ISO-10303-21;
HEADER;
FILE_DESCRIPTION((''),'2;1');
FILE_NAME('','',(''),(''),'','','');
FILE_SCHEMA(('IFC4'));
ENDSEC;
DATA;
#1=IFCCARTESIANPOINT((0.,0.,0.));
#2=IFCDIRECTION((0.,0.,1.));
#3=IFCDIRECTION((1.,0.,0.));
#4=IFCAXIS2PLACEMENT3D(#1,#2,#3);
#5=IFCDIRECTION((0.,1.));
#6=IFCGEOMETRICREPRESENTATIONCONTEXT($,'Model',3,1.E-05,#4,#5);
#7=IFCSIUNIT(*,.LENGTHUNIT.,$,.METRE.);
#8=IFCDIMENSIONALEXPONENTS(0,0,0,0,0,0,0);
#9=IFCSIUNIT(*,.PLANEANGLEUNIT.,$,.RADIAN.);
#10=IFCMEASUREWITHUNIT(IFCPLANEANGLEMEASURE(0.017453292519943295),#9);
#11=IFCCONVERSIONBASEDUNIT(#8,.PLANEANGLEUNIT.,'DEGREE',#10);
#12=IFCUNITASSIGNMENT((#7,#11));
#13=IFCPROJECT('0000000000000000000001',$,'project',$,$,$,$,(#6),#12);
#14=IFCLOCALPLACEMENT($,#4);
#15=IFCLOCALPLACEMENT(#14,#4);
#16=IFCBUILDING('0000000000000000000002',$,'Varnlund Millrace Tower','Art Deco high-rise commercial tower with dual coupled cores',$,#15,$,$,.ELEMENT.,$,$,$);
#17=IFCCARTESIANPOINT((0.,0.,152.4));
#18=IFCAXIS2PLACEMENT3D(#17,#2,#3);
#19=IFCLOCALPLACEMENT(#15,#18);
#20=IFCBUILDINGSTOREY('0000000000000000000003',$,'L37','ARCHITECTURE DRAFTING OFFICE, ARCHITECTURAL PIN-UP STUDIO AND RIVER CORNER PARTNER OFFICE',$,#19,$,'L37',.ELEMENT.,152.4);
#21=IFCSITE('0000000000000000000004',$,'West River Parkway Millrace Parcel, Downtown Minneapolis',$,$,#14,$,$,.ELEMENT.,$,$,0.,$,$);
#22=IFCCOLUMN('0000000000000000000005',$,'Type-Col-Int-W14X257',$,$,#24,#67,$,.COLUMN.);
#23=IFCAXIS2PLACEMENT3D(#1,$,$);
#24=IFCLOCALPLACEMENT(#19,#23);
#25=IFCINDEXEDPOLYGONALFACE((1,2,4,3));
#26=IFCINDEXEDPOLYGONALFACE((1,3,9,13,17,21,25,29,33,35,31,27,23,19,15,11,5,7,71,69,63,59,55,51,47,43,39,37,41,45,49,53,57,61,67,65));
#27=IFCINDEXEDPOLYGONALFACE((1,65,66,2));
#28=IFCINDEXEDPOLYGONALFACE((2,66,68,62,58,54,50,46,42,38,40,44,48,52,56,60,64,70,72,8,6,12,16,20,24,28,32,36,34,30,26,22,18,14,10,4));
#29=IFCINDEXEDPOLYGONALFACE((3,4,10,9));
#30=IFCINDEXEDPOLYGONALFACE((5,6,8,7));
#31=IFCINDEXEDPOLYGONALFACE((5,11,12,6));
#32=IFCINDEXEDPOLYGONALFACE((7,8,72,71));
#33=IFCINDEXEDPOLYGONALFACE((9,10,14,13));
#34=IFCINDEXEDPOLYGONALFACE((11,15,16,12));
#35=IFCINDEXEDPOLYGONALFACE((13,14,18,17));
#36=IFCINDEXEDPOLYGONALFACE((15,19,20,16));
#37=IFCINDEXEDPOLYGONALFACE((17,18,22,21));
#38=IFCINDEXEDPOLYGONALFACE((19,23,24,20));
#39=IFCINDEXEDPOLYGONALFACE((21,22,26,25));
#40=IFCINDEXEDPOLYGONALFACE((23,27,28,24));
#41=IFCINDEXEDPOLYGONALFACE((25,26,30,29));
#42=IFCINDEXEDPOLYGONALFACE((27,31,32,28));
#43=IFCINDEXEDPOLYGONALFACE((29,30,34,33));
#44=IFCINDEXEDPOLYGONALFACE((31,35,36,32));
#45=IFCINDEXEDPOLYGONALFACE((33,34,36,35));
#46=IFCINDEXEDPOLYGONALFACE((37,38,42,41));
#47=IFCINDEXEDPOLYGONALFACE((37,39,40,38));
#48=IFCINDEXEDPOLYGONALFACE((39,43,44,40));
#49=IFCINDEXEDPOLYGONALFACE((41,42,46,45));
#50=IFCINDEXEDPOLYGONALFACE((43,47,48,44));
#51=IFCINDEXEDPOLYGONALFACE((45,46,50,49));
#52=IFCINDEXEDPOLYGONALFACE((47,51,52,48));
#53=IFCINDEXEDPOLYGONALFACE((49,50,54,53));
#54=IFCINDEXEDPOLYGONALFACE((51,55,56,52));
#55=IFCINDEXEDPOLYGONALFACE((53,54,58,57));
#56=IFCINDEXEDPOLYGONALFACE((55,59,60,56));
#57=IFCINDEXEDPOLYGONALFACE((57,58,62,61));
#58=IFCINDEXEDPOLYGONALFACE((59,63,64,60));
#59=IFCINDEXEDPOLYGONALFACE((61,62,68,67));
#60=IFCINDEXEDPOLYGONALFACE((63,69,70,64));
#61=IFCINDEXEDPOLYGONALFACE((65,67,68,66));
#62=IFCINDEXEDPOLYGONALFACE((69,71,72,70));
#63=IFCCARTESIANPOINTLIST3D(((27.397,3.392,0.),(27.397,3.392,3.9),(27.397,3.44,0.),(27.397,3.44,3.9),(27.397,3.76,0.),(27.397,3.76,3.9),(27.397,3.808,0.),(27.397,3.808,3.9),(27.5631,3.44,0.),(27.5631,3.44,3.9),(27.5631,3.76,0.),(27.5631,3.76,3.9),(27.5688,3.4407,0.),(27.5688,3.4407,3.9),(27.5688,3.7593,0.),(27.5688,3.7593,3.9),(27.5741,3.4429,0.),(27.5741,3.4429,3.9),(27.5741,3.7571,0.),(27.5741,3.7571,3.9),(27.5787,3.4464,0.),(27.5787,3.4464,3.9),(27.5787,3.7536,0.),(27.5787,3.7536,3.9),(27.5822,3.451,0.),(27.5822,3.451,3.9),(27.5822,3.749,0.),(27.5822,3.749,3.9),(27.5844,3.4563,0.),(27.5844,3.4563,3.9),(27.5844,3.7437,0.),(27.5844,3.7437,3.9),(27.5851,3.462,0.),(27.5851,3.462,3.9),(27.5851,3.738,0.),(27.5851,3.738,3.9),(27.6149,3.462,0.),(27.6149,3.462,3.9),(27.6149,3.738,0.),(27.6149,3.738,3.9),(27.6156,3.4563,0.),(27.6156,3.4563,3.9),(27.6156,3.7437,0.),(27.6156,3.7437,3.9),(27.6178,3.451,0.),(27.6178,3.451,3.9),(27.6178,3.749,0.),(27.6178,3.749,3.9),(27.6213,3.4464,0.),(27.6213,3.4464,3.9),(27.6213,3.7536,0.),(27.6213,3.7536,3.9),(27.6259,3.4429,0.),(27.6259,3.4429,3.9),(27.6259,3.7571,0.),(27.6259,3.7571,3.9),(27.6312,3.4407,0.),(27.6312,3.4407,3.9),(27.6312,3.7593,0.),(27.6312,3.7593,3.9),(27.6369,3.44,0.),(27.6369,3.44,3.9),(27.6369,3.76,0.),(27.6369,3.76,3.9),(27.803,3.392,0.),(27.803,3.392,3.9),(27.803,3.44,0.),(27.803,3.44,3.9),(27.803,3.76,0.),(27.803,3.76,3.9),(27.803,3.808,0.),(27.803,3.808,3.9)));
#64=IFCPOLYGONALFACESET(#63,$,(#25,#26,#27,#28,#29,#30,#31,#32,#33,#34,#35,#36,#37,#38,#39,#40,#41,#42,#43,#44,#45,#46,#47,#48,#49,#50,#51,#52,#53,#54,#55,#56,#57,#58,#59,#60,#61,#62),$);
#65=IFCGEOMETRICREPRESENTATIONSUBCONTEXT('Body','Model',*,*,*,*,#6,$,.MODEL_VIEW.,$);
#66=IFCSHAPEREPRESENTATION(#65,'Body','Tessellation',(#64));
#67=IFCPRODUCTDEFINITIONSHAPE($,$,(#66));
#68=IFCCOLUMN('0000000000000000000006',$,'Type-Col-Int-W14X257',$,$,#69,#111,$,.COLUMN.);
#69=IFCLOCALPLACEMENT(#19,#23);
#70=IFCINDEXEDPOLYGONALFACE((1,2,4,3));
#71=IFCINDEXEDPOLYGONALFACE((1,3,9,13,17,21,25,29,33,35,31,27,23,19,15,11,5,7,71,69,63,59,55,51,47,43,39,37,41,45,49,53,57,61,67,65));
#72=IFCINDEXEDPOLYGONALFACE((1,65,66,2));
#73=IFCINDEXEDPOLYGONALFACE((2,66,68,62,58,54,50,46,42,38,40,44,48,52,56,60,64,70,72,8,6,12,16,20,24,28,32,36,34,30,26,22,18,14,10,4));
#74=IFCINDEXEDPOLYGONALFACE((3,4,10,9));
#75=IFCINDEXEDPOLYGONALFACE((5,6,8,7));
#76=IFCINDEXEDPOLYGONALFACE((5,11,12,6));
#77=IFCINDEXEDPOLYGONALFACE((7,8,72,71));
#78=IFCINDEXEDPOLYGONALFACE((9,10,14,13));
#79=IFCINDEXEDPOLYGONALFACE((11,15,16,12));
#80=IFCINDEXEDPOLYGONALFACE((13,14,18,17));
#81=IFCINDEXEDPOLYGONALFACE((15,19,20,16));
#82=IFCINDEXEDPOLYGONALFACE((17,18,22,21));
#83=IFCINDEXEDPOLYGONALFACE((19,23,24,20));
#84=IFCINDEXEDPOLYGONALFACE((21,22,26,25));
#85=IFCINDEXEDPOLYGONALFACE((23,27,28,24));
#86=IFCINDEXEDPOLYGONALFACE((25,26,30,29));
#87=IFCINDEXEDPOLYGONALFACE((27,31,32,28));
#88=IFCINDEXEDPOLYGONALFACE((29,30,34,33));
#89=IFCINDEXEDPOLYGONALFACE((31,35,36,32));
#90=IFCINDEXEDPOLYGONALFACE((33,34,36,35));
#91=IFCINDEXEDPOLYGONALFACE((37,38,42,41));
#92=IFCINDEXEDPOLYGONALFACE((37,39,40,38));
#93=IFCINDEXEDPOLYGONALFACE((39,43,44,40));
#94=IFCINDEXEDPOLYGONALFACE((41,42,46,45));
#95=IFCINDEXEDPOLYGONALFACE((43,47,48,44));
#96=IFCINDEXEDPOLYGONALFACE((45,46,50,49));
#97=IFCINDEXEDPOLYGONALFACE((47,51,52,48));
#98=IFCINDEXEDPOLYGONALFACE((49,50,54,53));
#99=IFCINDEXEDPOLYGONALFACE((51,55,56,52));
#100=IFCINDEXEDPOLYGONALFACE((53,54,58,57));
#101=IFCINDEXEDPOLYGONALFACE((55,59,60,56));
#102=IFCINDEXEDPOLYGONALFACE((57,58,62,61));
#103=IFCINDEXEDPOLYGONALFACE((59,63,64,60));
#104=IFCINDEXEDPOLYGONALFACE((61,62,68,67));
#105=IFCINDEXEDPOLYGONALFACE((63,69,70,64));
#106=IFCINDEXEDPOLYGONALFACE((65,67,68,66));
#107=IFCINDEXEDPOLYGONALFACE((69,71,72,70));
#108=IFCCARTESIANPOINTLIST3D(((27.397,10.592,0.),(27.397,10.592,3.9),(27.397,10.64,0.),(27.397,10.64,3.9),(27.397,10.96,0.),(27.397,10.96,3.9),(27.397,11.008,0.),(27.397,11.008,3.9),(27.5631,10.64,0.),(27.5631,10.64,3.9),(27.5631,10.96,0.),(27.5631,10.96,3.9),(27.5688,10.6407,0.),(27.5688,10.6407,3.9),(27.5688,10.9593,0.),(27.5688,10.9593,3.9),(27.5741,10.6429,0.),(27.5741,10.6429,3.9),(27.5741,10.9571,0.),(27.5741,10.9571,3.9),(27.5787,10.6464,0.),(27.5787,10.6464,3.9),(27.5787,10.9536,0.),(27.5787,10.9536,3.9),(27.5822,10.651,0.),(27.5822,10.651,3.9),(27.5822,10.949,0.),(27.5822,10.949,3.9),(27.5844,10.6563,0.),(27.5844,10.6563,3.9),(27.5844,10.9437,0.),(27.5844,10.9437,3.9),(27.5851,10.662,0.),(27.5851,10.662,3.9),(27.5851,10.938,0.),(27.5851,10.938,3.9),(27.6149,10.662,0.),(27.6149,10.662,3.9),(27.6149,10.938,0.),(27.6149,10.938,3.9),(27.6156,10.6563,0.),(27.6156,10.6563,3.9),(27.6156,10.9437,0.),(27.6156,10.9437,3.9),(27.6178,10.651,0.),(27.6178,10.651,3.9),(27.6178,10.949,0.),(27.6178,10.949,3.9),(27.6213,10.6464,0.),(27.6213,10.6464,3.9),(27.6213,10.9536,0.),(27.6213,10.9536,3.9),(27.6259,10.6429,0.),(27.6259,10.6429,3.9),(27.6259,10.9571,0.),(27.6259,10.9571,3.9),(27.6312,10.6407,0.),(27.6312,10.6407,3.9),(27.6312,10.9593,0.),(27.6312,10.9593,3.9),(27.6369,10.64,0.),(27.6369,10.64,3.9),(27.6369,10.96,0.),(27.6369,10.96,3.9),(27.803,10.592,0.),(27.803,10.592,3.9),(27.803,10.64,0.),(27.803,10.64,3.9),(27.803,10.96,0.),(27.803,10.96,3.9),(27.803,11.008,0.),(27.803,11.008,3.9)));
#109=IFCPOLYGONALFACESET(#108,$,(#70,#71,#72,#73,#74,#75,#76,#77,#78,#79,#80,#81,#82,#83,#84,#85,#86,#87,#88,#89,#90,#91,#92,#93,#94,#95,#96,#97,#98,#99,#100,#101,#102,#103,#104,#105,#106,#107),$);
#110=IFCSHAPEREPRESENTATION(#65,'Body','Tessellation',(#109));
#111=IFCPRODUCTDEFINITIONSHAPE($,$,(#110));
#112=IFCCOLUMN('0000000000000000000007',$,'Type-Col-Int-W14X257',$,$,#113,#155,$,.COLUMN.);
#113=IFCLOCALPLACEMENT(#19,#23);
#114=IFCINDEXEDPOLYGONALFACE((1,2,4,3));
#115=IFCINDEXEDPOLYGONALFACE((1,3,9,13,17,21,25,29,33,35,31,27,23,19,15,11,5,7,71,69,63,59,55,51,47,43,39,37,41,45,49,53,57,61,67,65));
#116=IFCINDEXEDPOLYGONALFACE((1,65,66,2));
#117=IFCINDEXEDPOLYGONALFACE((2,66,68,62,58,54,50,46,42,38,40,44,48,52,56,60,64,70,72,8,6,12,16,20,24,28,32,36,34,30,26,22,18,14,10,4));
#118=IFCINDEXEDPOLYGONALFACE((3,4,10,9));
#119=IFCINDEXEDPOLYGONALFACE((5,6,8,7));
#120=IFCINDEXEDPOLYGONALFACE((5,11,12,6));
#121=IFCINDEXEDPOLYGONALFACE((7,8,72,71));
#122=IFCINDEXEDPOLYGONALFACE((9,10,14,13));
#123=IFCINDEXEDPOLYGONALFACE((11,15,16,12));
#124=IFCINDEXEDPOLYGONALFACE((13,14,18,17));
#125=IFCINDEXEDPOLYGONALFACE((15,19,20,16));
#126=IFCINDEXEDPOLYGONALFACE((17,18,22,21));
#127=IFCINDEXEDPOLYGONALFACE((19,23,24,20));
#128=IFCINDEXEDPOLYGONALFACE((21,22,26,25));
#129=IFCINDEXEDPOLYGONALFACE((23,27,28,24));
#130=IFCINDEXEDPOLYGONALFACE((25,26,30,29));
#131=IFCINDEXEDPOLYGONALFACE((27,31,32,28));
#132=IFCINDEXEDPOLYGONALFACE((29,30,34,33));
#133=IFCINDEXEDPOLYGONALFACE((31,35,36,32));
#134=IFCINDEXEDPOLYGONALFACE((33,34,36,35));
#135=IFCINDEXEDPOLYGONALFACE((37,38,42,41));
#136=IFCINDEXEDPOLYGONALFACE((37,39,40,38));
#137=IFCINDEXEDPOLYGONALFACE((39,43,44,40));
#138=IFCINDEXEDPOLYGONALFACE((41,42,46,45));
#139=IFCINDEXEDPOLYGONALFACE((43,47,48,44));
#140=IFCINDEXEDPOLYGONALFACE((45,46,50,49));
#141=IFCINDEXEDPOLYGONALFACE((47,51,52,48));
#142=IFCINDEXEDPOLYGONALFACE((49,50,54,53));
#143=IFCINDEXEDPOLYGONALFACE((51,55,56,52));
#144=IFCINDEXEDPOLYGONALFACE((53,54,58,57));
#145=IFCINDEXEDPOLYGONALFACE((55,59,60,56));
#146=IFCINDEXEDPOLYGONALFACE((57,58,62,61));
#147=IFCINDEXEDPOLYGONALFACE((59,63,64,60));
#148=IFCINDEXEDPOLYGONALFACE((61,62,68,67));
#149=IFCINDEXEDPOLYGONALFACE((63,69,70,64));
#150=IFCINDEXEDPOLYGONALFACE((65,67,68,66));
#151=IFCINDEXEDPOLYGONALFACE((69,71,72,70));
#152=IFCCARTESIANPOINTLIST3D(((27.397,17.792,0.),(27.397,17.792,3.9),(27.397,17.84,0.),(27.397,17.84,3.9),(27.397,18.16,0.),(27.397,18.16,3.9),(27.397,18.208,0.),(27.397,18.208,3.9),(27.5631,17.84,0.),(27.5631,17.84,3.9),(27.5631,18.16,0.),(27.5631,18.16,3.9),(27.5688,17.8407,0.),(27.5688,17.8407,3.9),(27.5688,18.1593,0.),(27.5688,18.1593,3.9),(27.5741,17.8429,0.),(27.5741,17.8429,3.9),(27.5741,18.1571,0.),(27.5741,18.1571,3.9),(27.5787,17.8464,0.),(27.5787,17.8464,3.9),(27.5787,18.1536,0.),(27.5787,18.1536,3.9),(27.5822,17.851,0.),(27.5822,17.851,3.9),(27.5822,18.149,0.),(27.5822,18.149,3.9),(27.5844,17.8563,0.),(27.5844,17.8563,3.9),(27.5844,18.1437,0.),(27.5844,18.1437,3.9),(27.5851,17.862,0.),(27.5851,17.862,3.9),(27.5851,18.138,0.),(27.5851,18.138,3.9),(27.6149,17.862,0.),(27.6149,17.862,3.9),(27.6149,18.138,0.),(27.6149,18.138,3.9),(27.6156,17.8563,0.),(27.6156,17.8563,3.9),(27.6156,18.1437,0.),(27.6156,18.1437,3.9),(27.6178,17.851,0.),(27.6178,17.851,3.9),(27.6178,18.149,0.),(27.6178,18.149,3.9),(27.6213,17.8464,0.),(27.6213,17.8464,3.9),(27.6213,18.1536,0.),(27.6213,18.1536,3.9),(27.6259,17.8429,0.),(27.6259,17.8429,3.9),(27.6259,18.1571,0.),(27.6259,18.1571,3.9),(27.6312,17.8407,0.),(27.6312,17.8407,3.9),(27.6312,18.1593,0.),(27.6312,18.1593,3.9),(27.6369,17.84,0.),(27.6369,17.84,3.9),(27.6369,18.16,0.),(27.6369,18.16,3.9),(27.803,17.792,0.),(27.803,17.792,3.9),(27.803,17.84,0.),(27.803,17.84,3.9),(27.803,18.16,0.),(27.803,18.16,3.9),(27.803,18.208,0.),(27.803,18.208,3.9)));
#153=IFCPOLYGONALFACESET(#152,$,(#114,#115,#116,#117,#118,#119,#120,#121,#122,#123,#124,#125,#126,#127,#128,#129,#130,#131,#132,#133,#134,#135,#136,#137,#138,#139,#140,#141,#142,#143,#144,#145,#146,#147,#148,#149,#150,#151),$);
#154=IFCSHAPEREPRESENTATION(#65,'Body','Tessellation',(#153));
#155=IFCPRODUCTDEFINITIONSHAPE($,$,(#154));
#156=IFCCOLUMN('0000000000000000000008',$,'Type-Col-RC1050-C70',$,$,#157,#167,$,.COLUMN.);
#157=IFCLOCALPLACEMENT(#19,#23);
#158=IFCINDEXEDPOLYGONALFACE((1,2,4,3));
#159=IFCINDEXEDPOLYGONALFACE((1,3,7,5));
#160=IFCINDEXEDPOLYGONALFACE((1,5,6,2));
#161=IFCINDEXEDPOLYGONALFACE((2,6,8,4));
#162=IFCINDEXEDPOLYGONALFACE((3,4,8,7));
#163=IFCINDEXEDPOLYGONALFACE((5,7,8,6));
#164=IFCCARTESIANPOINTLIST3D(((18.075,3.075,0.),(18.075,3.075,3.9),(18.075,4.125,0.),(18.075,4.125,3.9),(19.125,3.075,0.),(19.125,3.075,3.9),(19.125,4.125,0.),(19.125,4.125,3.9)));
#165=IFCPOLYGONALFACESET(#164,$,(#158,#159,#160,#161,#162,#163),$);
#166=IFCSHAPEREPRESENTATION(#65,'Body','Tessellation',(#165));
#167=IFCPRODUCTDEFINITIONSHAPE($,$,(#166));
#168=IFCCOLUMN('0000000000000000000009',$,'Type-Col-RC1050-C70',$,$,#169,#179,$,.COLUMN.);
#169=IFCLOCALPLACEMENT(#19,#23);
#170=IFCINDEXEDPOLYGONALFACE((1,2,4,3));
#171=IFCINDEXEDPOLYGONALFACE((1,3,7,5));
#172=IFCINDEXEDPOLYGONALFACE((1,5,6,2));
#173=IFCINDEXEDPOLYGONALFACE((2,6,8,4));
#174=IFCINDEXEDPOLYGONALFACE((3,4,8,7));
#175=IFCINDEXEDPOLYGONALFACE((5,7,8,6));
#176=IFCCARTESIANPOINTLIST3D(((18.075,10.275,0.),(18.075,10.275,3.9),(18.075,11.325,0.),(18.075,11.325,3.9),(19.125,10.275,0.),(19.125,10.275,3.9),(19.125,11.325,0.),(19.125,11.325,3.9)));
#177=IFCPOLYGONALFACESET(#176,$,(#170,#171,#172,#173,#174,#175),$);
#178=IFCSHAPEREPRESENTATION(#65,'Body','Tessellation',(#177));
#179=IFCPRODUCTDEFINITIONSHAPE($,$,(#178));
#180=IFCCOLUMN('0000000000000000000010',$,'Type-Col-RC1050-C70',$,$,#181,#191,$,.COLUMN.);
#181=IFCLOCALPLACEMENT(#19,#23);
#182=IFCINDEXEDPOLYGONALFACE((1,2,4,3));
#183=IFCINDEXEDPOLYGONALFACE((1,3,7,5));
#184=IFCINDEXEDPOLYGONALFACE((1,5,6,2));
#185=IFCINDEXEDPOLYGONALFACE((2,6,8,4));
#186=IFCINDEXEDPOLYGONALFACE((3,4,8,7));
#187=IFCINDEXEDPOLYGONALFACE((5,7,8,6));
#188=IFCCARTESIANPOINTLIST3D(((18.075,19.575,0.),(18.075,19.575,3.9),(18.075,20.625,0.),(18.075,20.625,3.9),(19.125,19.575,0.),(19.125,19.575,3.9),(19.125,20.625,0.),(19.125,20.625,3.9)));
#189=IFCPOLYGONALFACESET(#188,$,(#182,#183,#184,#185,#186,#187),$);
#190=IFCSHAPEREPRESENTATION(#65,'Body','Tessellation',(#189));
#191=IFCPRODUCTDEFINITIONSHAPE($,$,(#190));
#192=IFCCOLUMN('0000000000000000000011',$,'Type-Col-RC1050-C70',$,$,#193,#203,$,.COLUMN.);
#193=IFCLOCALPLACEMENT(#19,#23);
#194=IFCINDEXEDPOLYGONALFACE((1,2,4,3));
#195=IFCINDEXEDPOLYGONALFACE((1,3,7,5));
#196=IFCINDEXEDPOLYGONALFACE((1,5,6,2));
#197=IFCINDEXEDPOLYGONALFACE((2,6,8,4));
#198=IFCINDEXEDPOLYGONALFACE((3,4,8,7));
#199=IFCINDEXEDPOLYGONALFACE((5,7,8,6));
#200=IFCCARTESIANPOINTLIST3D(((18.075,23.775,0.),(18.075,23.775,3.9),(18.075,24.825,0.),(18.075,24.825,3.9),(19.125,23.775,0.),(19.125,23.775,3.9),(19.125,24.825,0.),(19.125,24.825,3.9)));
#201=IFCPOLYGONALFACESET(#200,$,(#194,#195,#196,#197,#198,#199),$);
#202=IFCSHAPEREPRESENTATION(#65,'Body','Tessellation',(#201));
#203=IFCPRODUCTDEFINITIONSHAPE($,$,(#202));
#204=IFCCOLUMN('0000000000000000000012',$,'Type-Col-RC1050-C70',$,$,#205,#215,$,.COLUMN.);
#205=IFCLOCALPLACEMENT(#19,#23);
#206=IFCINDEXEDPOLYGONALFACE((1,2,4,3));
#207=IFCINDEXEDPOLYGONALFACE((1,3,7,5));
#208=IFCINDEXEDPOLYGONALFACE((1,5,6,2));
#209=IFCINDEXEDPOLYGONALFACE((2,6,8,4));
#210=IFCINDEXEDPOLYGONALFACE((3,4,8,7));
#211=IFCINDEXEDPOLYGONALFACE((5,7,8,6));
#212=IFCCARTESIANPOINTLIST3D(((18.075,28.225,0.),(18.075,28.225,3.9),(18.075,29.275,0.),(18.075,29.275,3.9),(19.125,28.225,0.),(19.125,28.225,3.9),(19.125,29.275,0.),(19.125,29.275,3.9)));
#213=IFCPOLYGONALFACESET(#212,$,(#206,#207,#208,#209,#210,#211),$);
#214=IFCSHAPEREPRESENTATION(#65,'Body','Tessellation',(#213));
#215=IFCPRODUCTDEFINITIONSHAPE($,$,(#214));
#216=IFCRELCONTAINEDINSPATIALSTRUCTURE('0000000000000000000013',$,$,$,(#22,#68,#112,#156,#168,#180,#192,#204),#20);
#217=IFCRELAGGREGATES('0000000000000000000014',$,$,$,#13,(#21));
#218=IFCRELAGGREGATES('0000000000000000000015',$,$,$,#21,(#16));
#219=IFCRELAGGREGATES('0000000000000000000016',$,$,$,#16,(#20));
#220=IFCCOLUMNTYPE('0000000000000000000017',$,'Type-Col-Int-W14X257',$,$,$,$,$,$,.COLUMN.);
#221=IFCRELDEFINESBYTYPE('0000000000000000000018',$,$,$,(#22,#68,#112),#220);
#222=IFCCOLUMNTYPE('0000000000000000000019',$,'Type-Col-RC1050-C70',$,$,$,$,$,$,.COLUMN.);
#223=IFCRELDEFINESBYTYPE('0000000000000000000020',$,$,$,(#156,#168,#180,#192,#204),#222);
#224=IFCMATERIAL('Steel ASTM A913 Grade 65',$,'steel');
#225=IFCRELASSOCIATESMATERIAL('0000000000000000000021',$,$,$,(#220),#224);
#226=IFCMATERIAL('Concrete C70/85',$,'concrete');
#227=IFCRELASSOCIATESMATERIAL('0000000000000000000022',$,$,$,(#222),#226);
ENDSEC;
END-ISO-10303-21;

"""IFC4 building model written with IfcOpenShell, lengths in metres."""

from ifc_helpers import new_model, entity, si_unit, converted_unit, direction, frame, origin_with_axes, origin_2d_with_axis, place, context, subcontext, project, spatial, rectangle, i_section, extrude, material, material_profile, profile_set, type_object, element, save


model = new_model("IFC4")

# Units and contexts
model_context = context("Model", 3, precision=1e-05, world=origin_with_axes(), true_north=direction((0.0, 1.0)))
body_context = subcontext(model_context, "Body", "Model", "MODEL_VIEW")
ifc_project = project(units=[si_unit("LENGTHUNIT", "METRE"), converted_unit("PLANEANGLEUNIT", "DEGREE", entity("IfcPlaneAngleMeasure", 0.017453292519943295), si_unit("PLANEANGLEUNIT", "RADIAN"), dimensions=[0, 0, 0, 0, 0, 0, 0])], contexts=[model_context])

# Site, building, storey
site_placement = place(None, origin_with_axes())
site = spatial("IfcSite", under=ifc_project, at=site_placement, Name="West River Parkway Millrace Parcel, Downtown Minneapolis", CompositionType="ELEMENT", RefElevation=0.0)
building_placement = place(site_placement, origin_with_axes())
building = spatial("IfcBuilding", under=site, at=building_placement, Name="Varnlund Millrace Tower", Description="Art Deco high-rise commercial tower with dual coupled cores", CompositionType="ELEMENT")
storey_placement = place(building_placement, frame((0.0, 0.0, 152.4), z_axis=(0.0, 0.0, 1.0), x_axis=(1.0, 0.0, 0.0)))
storey = spatial("IfcBuildingStorey", under=building, at=storey_placement, Name="L37", Description="ARCHITECTURE DRAFTING OFFICE, ARCHITECTURAL PIN-UP STUDIO AND RIVER CORNER PARTNER OFFICE", LongName="L37", CompositionType="ELEMENT", Elevation=152.4)

# Columns
ifc_material_1 = material(Name="Steel ASTM A913 Grade 65", Category="steel")
ifc_material_profile_1 = material_profile(ifc_material_1, i_section(OverallWidth=0.406, OverallDepth=0.416, WebThickness=0.0298, FlangeThickness=0.048, FilletRadius=0.022, at=origin_2d_with_axis()), Name="Steel ASTM A913 Grade 65")
ifc_profile_set_1 = profile_set([ifc_material_profile_1], Name="Steel ASTM A913 Grade 65")
column_type_1 = type_object("IfcColumnType", Name="Type-Col-Int-W14X257", PredefinedType="COLUMN", material=ifc_profile_set_1)
for number, where, z_axis, x_axis, name in (
    (1, (27.6, 3.6, 0.0), (0.0, 0.0, 1.0), (1.0, 0.0, 0.0), "Type-Col-Int-W14X257"),
    (2, (27.6, 10.8, 0.0), (0.0, 0.0, 1.0), (1.0, 0.0, 0.0), "Type-Col-Int-W14X257"),
    (3, (27.6, 18.0, 0.0), (0.0, 0.0, 1.0), (1.0, 0.0, 0.0), "Type-Col-Int-W14X257"),
):
    element("IfcColumn", number, at=place(storey_placement, frame(where, z_axis=z_axis, x_axis=x_axis)), inside=storey, type_object=column_type_1, Name=name, PredefinedType="COLUMN", context=body_context, shape_type="SweptSolid", body=[
        extrude(i_section(OverallWidth=0.406, OverallDepth=0.416, WebThickness=0.0298, FlangeThickness=0.048, FilletRadius=0.022, at=origin_2d_with_axis()), origin_with_axes(), (0.0, 0.0, 1.0), 3.9),
    ])
ifc_material_2 = material(Name="Concrete C70/85", Category="concrete")
ifc_material_profile_2 = material_profile(ifc_material_2, rectangle(XDim=1.05, YDim=1.05, at=origin_2d_with_axis()), Name="Concrete C70/85")
ifc_profile_set_2 = profile_set([ifc_material_profile_2], Name="Concrete C70/85")
column_type_2 = type_object("IfcColumnType", Name="Type-Col-RC1050-C70", PredefinedType="COLUMN", material=ifc_profile_set_2)
for number, where, z_axis, x_axis, name in (
    (4, (18.6, 3.6, 0.0), (0.0, 0.0, 1.0), (1.0, 0.0, 0.0), "Type-Col-RC1050-C70"),
    (5, (18.6, 10.8, 0.0), (0.0, 0.0, 1.0), (1.0, 0.0, 0.0), "Type-Col-RC1050-C70"),
    (6, (18.6, 20.1, 0.0), (0.0, 0.0, 1.0), (1.0, 0.0, 0.0), "Type-Col-RC1050-C70"),
    (7, (18.6, 24.3, 0.0), (0.0, 0.0, 1.0), (1.0, 0.0, 0.0), "Type-Col-RC1050-C70"),
    (8, (18.6, 28.75, 0.0), (0.0, 0.0, 1.0), (1.0, 0.0, 0.0), "Type-Col-RC1050-C70"),
):
    element("IfcColumn", number, at=place(storey_placement, frame(where, z_axis=z_axis, x_axis=x_axis)), inside=storey, type_object=column_type_2, Name=name, PredefinedType="COLUMN", context=body_context, shape_type="SweptSolid", body=[
        extrude(rectangle(XDim=1.05, YDim=1.05, at=origin_2d_with_axis()), origin_with_axes(), (0.0, 0.0, 1.0), 3.9),
    ])

save(model, "model.ifc")
